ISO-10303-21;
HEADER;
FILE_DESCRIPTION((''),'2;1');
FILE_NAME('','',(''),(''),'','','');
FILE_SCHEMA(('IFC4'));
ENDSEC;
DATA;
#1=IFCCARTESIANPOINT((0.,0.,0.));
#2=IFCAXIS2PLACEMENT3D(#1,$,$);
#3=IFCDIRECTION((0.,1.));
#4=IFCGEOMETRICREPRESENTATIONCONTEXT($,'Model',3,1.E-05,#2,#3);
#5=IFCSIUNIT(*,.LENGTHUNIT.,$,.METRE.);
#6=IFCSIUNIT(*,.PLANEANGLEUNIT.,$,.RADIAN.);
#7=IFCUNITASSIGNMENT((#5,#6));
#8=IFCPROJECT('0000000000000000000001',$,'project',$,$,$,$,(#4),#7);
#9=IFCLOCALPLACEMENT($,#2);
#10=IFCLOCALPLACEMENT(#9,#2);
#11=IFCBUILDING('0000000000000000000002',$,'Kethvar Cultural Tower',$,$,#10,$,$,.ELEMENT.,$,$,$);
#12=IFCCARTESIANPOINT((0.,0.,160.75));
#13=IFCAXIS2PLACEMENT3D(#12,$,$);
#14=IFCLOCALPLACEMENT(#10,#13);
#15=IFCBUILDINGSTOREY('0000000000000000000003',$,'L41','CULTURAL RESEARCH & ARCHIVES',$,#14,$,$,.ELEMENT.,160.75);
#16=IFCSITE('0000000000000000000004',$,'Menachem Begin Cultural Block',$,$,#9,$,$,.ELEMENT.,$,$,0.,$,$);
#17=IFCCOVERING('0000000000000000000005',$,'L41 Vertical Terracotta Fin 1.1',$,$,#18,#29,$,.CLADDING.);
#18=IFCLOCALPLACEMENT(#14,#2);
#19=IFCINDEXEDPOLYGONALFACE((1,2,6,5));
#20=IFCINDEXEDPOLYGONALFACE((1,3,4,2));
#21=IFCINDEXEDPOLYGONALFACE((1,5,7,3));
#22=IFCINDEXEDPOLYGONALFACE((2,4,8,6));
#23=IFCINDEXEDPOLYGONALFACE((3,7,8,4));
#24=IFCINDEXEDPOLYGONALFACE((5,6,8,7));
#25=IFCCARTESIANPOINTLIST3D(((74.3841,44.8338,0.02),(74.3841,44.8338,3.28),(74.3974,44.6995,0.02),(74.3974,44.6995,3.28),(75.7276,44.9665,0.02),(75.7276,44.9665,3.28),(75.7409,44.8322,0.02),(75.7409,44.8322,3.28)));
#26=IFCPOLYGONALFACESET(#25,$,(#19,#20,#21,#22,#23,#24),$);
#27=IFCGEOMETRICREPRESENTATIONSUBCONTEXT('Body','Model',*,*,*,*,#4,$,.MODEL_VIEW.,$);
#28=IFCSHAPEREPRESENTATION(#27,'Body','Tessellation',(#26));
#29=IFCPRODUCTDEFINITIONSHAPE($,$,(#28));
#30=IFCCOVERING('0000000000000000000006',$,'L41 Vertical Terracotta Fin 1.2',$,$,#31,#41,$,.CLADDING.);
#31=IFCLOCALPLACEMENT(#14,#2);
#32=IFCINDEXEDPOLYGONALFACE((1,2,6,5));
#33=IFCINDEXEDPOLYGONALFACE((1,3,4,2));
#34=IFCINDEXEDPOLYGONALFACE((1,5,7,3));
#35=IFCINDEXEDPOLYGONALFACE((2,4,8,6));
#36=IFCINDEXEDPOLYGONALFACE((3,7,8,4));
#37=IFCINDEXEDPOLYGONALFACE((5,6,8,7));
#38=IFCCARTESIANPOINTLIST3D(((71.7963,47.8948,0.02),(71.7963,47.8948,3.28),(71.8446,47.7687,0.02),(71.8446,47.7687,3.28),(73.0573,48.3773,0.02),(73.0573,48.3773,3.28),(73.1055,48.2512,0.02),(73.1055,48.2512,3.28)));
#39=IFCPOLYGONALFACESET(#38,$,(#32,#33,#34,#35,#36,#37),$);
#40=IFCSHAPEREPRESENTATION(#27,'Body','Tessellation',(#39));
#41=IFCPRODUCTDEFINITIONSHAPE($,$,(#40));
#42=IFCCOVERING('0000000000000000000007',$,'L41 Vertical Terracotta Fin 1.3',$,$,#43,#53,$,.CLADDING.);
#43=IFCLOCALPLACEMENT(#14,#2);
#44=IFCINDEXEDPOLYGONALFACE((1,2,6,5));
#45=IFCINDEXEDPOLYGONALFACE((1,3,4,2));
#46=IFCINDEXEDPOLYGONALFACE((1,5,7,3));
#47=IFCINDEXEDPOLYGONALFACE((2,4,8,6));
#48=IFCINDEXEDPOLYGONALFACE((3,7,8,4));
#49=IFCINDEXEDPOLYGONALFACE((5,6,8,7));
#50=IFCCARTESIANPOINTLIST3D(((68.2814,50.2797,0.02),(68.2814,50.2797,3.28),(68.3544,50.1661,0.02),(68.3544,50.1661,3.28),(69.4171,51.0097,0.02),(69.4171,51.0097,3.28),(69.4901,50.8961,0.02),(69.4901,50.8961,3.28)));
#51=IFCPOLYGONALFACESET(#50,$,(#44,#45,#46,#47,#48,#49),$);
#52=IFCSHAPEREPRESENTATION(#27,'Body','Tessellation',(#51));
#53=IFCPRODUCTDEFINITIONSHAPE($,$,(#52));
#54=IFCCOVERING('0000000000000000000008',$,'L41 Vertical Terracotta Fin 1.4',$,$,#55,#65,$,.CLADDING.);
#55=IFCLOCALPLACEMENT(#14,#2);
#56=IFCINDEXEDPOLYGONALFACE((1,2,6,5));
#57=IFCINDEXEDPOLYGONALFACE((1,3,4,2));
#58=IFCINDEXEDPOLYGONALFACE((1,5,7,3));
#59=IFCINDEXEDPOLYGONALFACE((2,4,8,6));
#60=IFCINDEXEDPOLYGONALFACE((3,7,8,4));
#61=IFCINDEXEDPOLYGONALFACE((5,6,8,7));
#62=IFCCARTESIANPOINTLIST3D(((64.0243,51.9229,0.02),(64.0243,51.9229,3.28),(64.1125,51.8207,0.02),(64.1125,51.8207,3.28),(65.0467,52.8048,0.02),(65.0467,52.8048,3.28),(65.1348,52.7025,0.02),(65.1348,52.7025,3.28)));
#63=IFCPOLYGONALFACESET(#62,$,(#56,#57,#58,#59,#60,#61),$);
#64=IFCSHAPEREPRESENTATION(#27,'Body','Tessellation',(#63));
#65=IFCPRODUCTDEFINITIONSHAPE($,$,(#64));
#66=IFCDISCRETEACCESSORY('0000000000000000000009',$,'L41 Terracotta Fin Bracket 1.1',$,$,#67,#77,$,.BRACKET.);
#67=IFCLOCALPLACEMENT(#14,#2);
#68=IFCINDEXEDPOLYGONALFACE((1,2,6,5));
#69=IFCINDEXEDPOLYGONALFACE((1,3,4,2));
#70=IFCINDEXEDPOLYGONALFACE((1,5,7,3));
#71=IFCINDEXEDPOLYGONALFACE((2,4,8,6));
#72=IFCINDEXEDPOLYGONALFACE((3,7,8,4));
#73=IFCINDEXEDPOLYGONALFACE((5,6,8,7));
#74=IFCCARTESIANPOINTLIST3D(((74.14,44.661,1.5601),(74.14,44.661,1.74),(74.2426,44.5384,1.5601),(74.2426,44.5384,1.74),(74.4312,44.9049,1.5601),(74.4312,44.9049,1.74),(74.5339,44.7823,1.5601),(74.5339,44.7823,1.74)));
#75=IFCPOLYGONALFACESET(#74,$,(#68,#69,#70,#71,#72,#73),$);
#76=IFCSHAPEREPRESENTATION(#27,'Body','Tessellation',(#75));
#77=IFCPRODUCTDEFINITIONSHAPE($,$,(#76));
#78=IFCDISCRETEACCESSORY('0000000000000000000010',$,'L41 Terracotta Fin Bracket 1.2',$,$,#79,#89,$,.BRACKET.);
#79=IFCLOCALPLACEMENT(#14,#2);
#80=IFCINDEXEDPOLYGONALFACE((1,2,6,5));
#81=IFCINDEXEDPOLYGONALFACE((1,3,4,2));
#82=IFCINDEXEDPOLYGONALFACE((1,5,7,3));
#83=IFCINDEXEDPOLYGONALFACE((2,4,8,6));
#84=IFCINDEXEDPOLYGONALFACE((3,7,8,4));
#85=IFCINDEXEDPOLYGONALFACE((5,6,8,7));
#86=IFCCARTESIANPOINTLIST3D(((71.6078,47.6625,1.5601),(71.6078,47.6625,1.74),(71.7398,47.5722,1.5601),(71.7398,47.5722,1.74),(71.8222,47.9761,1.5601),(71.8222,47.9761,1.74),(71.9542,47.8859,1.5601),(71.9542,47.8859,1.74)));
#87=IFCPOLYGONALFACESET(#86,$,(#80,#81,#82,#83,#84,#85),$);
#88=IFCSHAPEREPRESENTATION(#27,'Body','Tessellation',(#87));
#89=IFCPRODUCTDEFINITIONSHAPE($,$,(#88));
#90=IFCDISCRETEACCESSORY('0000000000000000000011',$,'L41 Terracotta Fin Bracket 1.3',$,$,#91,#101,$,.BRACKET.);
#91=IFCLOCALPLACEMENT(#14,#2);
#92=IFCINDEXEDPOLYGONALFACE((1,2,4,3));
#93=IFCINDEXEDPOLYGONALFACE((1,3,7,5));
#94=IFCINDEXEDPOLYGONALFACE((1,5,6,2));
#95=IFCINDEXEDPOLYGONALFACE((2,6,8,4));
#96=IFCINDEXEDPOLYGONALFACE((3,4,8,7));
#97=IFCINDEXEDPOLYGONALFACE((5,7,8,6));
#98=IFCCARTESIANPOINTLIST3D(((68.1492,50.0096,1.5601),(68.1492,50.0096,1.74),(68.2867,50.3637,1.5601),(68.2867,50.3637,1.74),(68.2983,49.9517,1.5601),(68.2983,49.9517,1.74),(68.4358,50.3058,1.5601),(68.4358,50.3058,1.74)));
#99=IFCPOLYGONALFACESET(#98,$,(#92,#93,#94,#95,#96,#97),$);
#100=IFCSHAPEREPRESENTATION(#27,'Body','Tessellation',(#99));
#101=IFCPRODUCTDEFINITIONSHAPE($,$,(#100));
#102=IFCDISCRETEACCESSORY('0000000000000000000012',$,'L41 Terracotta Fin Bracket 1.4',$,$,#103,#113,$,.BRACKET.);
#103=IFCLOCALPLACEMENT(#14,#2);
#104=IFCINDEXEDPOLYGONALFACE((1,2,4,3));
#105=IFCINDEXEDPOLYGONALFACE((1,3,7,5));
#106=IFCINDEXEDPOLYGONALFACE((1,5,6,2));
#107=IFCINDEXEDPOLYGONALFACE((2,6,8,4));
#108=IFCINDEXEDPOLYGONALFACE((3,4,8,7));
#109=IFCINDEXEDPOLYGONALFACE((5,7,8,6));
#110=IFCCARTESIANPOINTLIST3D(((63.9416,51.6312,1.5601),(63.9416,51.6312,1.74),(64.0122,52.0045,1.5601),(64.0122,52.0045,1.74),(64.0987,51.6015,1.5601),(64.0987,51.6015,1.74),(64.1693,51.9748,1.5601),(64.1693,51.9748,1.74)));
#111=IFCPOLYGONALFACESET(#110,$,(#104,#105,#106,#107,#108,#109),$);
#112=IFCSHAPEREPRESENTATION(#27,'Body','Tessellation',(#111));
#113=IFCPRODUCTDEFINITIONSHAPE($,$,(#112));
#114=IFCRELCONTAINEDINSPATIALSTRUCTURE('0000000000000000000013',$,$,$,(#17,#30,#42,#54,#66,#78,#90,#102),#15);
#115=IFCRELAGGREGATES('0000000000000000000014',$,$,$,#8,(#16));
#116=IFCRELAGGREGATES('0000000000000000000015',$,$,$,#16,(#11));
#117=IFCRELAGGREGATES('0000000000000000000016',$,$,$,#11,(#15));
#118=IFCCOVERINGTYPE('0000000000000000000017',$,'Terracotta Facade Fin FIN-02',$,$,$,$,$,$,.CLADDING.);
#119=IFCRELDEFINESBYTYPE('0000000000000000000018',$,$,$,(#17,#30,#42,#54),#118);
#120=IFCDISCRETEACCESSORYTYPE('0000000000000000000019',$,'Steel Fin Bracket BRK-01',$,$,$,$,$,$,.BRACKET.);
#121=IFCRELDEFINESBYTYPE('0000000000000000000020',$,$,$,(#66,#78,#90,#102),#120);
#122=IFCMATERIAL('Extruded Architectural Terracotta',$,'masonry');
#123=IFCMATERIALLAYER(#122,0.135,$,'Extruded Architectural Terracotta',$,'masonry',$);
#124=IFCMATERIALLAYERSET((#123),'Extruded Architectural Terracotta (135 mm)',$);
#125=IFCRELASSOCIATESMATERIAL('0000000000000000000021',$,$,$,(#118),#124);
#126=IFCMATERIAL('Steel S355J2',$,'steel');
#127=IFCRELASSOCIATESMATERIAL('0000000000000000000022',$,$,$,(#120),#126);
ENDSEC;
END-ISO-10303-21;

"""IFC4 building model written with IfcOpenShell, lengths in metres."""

from ifc_helpers import new_model, si_unit, direction, frame, origin, origin_2d, place, context, subcontext, project, spatial, rectangle, extrude, source, transform, mapped, material, layer, layer_set, type_object, element, save


model = new_model("IFC4")

# Units and contexts
model_context = context("Model", 3, precision=1e-05, world=origin(), true_north=direction((0.0, 1.0)))
body_context = subcontext(model_context, "Body", "Model", "MODEL_VIEW")
ifc_project = project(units=[si_unit("LENGTHUNIT", "METRE"), si_unit("PLANEANGLEUNIT", "RADIAN")], contexts=[model_context])

# Site, building, storey
site_placement = place(None, origin())
site = spatial("IfcSite", under=ifc_project, at=site_placement, Name="Menachem Begin Cultural Block", CompositionType="ELEMENT", RefElevation=0.0)
building_placement = place(site_placement, origin())
building = spatial("IfcBuilding", under=site, at=building_placement, Name="Kethvar Cultural Tower", CompositionType="ELEMENT")
storey_placement = place(building_placement, frame((0.0, 0.0, 160.75)))
storey = spatial("IfcBuildingStorey", under=building, at=storey_placement, Name="L41", Description="CULTURAL RESEARCH & ARCHIVES", CompositionType="ELEMENT", Elevation=160.75)

# Shared definitions
ifc_material_1 = material(Name="Steel S355J2", Category="steel")

# Coverings
ifc_material_2 = material(Name="Extruded Architectural Terracotta", Category="masonry")
ifc_layer_1 = layer(ifc_material_2, 0.135, Name="Extruded Architectural Terracotta", Category="masonry")
ifc_layer_set_1 = layer_set([ifc_layer_1], Name="Extruded Architectural Terracotta (135 mm)")
covering_type = type_object("IfcCoveringType", Name="Terracotta Facade Fin FIN-02", PredefinedType="CLADDING", material=ifc_layer_set_1)
shared_shape_1 = source(origin(), body_context, "Body", "SweptSolid", [
    extrude(rectangle(XDim=1.3501, YDim=0.135, at=origin_2d()), origin(), (0.0, 0.0, 1.0), 3.26),
])
for number, where, z_axis, x_axis, name in (
    (1, (75.0625, 44.833, 0.02), (0.0, 0.0, 1.0), (0.995159, 0.098278, 0.0), "L41 Vertical Terracotta Fin 1.1"),
    (2, (72.4509, 48.073, 0.02), (0.0, 0.0, 1.0), (0.933955, 0.35739, 0.0), "L41 Vertical Terracotta Fin 1.2"),
    (3, (68.8857, 50.5879, 0.02), (0.0, 0.0, 1.0), (0.841228, 0.540681, 0.0), "L41 Vertical Terracotta Fin 1.3"),
    (4, (64.5796, 52.3127, 0.02), (0.0, 0.0, 1.0), (0.757223, 0.653156, 0.0), "L41 Vertical Terracotta Fin 1.4"),
):
    element("IfcCovering", number, at=place(storey_placement, frame(where, z_axis=z_axis, x_axis=x_axis)), inside=storey, type_object=covering_type, Name=name, PredefinedType="CLADDING", context=body_context, shape_type="MappedRepresentation", body=[
        mapped(shared_shape_1, transform((0.0, 0.0, 0.0), scale=1.0)),
    ])

# Discrete accessories
discrete_accessory_type = type_object("IfcDiscreteAccessoryType", Name="Steel Fin Bracket BRK-01", PredefinedType="BRACKET", material=ifc_material_1)
shared_shape_2 = source(origin(), body_context, "Body", "SweptSolid", [
    extrude(rectangle(XDim=0.3799, YDim=0.1599, at=origin_2d()), origin(), (0.0, 0.0, 1.0), 0.1799),
])
for number, where, z_axis, x_axis, name in (
    (5, (74.3369, 44.7217, 1.5601), (0.0, 0.0, 1.0), (0.766717, 0.641985, 0.0), "L41 Terracotta Fin Bracket 1.1"),
    (6, (71.781, 47.7742, 1.5601), (0.0, 0.0, 1.0), (0.564247, 0.825606, 0.0), "L41 Terracotta Fin Bracket 1.2"),
    (7, (68.2925, 50.1577, 1.5601), (0.0, 0.0, 1.0), (0.36195, 0.932198, 0.0), "L41 Terracotta Fin Bracket 1.3"),
    (8, (64.0554, 51.803, 1.5601), (0.0, 0.0, 1.0), (0.185838, 0.98258, 0.0), "L41 Terracotta Fin Bracket 1.4"),
):
    element("IfcDiscreteAccessory", number, at=place(storey_placement, frame(where, z_axis=z_axis, x_axis=x_axis)), inside=storey, type_object=discrete_accessory_type, Name=name, PredefinedType="BRACKET", context=body_context, shape_type="MappedRepresentation", body=[
        mapped(shared_shape_2, transform((0.0, 0.0, 0.0), scale=1.0)),
    ])

save(model, "model.ifc")
